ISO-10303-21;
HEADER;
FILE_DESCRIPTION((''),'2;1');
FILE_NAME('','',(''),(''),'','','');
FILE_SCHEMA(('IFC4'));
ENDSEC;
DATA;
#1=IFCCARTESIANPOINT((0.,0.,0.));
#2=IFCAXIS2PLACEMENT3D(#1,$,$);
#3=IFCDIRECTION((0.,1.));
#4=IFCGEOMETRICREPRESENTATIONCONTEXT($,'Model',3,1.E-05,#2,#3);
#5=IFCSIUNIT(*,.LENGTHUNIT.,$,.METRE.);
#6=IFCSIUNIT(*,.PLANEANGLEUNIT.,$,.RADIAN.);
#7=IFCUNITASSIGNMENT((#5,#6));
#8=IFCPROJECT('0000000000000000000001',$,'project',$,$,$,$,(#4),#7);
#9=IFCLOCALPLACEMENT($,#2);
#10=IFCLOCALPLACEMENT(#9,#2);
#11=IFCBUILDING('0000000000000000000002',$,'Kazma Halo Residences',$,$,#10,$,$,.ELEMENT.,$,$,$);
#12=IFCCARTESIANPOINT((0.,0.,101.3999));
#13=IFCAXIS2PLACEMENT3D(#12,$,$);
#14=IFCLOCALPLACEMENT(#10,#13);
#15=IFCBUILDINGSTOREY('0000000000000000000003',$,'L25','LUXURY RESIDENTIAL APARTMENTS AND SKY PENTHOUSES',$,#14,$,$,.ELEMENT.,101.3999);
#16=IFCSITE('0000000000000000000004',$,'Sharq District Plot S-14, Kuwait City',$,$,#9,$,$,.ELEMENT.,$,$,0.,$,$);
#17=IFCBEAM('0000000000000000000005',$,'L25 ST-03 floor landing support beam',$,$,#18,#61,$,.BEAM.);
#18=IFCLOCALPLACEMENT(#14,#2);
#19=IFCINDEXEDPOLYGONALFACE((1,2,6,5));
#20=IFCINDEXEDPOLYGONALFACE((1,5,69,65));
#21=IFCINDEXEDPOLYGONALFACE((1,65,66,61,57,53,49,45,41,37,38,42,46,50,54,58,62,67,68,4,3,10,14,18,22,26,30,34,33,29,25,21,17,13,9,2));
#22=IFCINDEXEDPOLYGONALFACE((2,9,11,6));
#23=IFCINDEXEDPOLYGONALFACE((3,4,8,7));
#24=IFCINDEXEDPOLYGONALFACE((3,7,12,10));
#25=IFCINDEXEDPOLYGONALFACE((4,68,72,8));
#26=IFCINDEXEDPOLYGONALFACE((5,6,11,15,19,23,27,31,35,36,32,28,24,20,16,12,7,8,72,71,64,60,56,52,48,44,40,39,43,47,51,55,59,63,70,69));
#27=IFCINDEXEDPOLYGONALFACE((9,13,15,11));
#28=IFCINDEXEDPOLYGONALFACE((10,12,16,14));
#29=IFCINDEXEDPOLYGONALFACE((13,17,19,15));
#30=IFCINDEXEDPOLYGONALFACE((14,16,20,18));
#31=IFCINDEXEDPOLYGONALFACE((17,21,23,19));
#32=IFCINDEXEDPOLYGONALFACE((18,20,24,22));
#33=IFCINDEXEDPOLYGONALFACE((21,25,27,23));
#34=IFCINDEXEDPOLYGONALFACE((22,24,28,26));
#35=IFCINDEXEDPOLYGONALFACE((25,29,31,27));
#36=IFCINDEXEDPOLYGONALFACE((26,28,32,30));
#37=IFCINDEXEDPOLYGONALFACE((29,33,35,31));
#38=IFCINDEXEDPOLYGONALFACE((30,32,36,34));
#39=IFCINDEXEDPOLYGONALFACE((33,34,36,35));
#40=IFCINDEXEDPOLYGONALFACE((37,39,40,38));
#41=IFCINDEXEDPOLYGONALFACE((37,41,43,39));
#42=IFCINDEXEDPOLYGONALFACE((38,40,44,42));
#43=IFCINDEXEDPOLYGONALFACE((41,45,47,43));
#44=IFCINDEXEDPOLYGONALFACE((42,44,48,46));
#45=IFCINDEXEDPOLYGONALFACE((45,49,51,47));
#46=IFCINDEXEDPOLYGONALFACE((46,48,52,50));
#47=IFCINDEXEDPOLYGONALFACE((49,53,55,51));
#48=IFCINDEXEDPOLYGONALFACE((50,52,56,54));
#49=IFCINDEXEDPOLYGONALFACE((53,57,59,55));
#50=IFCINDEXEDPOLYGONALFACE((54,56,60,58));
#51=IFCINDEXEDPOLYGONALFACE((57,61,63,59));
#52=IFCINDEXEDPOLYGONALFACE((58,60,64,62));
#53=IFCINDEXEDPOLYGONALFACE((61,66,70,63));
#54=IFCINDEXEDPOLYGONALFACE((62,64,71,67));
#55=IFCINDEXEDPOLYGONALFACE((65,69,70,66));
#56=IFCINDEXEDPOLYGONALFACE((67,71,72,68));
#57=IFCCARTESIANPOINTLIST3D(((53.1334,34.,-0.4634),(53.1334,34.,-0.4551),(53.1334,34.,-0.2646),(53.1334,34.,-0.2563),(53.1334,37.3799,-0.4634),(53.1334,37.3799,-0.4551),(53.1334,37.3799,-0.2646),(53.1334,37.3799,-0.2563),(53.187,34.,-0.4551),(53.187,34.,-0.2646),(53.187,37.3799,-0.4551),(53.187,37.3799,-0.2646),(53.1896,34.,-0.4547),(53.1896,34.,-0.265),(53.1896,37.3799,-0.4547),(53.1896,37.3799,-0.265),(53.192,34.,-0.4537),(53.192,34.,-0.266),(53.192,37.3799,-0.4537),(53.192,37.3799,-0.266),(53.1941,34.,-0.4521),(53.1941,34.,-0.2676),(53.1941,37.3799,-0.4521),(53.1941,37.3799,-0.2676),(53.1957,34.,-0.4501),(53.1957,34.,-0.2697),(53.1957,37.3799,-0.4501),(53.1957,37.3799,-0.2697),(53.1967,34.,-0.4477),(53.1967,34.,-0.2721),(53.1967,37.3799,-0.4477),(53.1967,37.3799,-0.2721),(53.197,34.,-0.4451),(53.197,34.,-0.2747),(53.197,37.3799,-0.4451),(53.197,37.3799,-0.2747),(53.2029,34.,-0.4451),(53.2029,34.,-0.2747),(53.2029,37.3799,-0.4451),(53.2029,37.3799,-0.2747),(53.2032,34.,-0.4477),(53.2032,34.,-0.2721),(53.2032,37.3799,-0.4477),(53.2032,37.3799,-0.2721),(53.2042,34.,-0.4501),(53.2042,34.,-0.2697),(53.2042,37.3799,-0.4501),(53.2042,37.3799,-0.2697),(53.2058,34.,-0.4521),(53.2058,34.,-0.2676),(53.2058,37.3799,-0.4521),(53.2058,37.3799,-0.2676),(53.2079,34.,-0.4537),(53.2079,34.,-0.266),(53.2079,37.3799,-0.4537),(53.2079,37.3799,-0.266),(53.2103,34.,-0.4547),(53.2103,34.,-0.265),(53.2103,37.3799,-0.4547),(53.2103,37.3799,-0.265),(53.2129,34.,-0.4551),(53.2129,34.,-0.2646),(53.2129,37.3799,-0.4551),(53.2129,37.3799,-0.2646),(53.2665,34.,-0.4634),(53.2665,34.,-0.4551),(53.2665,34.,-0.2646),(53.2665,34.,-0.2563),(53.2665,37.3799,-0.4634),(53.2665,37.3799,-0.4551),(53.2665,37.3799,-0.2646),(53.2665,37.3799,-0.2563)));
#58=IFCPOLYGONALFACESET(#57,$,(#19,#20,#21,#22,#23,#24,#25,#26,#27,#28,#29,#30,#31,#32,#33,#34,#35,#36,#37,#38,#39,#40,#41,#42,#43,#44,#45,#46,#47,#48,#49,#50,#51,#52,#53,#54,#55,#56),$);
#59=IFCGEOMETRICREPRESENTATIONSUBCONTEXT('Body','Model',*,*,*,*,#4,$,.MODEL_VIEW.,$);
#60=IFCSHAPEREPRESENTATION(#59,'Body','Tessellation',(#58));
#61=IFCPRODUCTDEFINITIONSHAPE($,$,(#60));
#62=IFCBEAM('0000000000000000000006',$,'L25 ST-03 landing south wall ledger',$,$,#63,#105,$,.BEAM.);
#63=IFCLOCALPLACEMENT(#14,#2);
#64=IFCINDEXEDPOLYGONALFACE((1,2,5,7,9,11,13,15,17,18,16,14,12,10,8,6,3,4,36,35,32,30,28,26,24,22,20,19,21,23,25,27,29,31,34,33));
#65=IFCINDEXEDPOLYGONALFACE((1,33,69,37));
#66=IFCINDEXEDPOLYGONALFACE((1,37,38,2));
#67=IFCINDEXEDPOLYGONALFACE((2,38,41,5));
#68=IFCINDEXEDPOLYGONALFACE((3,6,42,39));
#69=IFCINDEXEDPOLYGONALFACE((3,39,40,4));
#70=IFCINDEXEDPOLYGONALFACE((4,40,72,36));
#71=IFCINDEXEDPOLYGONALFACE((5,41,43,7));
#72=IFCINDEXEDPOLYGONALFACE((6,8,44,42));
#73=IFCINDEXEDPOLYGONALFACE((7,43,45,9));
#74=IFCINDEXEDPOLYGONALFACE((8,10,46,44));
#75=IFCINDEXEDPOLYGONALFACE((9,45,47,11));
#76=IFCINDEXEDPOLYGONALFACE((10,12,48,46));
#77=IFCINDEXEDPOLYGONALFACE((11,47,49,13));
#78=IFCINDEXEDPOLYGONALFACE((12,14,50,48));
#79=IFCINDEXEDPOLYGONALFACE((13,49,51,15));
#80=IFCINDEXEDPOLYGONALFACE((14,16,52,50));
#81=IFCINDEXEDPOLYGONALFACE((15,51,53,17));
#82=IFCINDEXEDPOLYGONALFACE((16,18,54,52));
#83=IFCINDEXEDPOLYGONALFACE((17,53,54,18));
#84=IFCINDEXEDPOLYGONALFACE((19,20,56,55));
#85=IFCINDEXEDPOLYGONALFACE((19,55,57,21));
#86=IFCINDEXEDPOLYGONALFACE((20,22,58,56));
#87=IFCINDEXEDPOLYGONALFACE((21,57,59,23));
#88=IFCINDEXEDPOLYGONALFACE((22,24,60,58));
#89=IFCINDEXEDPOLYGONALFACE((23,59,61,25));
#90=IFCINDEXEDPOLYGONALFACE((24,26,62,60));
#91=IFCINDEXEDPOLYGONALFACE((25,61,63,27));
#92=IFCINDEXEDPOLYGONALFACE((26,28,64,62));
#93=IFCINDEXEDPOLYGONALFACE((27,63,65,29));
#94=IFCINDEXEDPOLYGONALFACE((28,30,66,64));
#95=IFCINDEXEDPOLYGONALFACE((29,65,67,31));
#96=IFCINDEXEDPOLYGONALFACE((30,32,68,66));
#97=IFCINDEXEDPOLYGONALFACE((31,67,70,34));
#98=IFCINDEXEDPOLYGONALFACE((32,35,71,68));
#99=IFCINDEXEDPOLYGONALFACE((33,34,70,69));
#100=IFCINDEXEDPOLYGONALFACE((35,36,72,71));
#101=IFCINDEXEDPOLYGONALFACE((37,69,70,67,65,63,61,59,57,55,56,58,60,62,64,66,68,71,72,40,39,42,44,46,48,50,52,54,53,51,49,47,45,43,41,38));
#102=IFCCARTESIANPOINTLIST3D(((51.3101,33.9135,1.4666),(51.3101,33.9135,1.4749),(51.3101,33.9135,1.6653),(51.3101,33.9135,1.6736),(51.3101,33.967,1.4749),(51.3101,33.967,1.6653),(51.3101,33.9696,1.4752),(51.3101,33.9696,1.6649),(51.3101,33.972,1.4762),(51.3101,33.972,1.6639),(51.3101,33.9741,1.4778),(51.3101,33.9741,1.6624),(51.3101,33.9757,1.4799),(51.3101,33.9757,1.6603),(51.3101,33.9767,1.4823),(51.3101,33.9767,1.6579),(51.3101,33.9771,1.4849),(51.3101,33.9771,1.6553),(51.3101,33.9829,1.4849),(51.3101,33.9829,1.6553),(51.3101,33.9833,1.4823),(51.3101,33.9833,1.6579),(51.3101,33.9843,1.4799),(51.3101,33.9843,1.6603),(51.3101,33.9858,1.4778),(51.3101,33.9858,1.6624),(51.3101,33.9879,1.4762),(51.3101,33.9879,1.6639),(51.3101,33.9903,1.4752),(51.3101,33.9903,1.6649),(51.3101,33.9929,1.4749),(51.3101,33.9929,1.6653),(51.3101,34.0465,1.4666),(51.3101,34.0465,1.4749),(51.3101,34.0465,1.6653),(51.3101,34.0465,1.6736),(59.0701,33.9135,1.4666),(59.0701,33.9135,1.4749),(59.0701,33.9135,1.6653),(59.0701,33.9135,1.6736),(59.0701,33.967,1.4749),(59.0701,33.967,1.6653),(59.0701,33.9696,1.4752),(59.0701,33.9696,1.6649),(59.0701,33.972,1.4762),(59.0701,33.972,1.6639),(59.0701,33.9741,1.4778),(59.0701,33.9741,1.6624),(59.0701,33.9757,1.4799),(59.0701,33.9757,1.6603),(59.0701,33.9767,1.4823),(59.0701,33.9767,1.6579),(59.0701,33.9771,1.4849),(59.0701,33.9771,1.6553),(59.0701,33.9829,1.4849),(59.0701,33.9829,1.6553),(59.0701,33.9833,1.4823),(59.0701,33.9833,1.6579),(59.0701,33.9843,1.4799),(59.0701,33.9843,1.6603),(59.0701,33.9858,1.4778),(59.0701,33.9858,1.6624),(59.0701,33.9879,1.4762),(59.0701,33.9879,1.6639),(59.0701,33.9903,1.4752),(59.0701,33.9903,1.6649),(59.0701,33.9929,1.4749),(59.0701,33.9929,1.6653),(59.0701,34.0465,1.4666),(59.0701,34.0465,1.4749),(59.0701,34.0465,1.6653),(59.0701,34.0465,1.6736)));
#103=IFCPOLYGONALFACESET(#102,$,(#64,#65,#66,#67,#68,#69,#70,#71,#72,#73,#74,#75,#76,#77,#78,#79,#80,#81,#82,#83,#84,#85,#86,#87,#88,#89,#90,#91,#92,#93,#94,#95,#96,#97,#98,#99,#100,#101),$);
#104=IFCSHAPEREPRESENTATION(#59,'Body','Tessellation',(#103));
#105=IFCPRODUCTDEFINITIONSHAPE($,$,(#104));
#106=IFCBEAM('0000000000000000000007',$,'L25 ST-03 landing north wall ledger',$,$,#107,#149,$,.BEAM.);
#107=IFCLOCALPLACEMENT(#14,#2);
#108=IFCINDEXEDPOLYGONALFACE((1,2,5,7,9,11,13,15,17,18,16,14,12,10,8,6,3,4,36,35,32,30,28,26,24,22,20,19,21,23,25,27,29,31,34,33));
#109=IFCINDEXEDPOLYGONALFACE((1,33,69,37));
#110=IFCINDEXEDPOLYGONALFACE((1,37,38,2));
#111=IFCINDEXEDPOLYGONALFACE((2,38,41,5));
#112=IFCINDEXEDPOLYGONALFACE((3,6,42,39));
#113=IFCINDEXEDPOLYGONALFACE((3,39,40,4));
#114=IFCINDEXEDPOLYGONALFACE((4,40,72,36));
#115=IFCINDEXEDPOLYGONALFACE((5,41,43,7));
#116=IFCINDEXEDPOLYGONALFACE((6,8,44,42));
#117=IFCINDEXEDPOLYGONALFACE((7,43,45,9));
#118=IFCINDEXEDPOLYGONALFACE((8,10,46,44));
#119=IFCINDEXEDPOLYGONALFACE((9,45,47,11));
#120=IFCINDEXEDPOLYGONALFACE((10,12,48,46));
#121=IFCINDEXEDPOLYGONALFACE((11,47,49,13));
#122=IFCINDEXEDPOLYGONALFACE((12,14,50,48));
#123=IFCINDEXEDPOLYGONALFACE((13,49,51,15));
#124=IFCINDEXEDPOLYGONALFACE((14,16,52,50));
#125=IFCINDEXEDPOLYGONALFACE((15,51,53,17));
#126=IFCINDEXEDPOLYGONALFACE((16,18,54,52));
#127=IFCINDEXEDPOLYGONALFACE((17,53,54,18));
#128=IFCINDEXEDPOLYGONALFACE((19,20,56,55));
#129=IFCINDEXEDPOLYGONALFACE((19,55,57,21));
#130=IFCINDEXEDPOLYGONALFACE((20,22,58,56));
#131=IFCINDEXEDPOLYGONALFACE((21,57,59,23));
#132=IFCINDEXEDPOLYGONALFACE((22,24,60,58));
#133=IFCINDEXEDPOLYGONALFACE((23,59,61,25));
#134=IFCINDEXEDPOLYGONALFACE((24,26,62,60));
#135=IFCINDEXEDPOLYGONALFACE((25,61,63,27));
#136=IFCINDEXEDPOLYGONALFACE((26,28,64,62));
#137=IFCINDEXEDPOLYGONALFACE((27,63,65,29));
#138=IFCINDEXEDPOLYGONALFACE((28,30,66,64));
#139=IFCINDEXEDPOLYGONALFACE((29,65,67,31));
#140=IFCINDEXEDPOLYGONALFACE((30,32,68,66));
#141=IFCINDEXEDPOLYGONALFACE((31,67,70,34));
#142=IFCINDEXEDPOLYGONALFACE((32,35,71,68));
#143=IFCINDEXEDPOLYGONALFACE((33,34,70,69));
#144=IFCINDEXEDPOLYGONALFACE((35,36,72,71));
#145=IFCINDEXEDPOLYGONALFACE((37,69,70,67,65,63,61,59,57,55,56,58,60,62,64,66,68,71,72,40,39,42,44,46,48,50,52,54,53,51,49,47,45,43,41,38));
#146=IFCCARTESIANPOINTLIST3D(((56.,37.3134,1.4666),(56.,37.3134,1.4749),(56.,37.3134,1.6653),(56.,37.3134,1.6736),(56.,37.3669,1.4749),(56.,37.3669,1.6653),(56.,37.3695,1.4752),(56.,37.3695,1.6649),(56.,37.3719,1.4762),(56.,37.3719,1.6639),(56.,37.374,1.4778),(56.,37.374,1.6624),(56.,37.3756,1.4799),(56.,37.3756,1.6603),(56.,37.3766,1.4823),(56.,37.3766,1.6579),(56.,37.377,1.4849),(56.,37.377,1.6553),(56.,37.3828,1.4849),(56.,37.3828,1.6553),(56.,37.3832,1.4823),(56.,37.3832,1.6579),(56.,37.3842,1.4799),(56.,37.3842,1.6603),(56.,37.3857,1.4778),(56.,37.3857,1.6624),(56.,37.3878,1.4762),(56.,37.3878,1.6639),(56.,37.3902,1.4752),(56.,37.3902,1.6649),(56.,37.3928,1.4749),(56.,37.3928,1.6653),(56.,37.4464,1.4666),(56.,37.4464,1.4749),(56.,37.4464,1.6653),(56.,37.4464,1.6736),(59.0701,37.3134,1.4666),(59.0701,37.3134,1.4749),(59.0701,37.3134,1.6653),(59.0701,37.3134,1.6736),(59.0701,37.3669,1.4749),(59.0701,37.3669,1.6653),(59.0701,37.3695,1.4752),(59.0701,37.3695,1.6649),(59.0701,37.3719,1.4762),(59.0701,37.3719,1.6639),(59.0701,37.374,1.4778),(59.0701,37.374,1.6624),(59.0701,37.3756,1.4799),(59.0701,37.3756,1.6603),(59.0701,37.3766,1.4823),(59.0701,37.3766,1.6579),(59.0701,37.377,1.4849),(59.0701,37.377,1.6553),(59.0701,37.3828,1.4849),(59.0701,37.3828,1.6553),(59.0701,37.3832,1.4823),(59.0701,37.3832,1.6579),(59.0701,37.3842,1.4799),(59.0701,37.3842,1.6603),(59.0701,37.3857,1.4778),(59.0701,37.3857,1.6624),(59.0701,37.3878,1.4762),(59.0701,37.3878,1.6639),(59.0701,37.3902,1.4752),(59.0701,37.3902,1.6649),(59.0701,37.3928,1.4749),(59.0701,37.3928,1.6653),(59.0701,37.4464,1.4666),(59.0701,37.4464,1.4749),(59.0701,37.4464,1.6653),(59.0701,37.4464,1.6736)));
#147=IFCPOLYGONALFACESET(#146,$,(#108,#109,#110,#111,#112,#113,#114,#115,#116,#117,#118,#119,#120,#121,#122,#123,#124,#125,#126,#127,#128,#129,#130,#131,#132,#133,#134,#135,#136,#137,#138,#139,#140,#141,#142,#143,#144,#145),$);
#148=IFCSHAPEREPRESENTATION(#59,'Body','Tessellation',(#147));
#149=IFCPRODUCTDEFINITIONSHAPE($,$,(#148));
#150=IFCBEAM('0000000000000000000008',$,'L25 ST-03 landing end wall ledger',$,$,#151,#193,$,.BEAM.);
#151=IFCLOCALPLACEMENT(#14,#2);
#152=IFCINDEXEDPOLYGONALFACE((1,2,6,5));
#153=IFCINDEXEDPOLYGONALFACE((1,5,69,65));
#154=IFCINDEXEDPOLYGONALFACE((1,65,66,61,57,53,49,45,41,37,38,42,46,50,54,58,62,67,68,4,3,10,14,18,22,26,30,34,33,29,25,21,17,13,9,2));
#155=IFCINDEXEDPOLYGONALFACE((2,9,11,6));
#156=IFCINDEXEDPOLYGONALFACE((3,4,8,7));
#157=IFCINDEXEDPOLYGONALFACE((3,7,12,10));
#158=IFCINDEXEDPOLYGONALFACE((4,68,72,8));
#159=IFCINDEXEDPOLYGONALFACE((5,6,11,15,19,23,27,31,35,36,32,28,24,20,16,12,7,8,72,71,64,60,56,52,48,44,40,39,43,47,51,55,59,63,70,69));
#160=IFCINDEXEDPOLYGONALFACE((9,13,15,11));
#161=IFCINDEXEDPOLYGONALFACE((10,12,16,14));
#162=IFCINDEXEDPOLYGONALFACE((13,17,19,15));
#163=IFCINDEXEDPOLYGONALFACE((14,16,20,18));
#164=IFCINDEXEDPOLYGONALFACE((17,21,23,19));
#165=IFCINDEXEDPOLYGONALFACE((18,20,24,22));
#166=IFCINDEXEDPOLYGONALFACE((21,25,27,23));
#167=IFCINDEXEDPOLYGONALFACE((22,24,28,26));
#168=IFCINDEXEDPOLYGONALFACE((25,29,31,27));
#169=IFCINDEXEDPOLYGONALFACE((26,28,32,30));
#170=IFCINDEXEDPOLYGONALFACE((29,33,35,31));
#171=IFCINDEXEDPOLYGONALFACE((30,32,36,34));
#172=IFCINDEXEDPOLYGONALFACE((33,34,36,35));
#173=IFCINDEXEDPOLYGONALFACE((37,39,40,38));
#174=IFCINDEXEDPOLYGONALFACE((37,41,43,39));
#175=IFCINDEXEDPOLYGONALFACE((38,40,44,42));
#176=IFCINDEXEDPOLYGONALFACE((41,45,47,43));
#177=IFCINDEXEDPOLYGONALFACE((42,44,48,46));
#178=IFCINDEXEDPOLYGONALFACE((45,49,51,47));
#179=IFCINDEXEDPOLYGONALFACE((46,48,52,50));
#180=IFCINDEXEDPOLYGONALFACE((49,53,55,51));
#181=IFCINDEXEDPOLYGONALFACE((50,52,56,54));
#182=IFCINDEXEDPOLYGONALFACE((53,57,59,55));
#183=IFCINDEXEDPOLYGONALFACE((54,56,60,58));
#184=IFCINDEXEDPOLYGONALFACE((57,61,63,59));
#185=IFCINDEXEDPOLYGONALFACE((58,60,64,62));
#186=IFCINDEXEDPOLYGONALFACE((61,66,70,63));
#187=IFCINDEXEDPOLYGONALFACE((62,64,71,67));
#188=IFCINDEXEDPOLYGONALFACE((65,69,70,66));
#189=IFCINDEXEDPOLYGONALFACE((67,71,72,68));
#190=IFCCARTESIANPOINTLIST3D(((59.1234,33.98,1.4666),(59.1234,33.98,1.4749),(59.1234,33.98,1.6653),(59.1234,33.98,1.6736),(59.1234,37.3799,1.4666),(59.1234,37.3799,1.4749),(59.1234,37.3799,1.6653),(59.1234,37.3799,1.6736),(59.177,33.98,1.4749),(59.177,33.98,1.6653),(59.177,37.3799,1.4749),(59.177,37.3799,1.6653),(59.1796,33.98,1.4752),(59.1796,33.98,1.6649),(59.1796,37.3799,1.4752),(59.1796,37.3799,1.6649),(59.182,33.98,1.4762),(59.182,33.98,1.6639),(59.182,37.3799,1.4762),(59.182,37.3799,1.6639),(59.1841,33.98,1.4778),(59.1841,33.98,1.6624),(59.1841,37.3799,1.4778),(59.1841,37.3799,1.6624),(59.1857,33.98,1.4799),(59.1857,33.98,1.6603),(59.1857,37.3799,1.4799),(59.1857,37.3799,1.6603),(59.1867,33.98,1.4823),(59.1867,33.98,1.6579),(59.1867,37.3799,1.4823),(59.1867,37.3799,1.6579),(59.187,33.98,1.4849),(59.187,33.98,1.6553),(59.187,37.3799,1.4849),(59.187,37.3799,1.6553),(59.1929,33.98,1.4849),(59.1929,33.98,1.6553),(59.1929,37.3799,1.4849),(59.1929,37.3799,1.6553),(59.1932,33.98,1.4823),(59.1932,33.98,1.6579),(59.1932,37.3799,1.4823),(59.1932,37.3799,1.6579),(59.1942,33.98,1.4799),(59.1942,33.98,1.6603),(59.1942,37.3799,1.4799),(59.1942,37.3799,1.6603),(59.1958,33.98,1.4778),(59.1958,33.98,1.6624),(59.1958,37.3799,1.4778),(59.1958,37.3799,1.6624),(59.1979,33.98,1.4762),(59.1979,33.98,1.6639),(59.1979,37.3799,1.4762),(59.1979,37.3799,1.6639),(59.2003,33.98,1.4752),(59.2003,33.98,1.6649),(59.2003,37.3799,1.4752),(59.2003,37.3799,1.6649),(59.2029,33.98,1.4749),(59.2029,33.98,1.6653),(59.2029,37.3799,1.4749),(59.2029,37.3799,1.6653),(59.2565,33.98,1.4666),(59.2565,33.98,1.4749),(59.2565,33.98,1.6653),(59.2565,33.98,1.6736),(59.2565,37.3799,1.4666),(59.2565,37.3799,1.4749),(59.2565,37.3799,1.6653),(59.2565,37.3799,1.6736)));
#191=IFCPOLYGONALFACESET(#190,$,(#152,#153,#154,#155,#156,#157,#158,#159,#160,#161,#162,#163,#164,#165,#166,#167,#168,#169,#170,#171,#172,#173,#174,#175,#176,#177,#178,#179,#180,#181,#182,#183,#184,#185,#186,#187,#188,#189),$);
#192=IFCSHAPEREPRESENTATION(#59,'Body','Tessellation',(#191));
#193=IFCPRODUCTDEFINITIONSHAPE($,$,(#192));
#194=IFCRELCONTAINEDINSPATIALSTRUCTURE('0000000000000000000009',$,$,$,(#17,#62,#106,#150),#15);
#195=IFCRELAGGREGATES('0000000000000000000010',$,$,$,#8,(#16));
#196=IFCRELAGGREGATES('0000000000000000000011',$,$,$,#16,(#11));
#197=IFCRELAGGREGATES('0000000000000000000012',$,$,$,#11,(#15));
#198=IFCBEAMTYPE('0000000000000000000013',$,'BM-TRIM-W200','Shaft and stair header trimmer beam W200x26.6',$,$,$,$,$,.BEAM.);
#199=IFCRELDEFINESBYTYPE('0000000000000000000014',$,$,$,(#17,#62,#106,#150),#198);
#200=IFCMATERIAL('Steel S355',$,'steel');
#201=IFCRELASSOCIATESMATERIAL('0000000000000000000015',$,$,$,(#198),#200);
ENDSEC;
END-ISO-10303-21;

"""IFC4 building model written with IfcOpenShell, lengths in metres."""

from ifc_helpers import new_model, si_unit, direction, frame, origin, origin_2d, place, context, subcontext, project, spatial, i_section, extrude, material, material_profile, profile_set, type_object, element, save


model = new_model("IFC4")

# Units and contexts
model_context = context("Model", 3, precision=1e-05, world=origin(), true_north=direction((0.0, 1.0)))
body_context = subcontext(model_context, "Body", "Model", "MODEL_VIEW")
ifc_project = project(units=[si_unit("LENGTHUNIT", "METRE"), si_unit("PLANEANGLEUNIT", "RADIAN")], contexts=[model_context])

# Site, building, storey
site_placement = place(None, origin())
site = spatial("IfcSite", under=ifc_project, at=site_placement, Name="Sharq District Plot S-14, Kuwait City", CompositionType="ELEMENT", RefElevation=0.0)
building_placement = place(site_placement, origin())
building = spatial("IfcBuilding", under=site, at=building_placement, Name="Kazma Halo Residences", CompositionType="ELEMENT")
storey_placement = place(building_placement, frame((0.0, 0.0, 101.3999)))
storey = spatial("IfcBuildingStorey", under=building, at=storey_placement, Name="L25", Description="LUXURY RESIDENTIAL APARTMENTS AND SKY PENTHOUSES", CompositionType="ELEMENT", Elevation=101.3999)

# Shared definitions
ifc_material_1 = material(Name="Steel S355", Category="steel")

# Beams
ifc_material_profile_1 = material_profile(ifc_material_1, i_section(OverallWidth=0.1331, OverallDepth=0.207, WebThickness=0.0059, FlangeThickness=0.0083, FilletRadius=0.01, at=origin_2d()), Name="W200x26.6")
ifc_profile_set_1 = profile_set([ifc_material_profile_1], Name="Steel S355")
beam_type_1 = type_object("IfcBeamType", Name="BM-TRIM-W200", Description="Shaft and stair header trimmer beam W200x26.6", PredefinedType="BEAM", material=ifc_profile_set_1)
beam_1_placement = place(storey_placement, frame((53.2, 34.0, -0.3599), z_axis=(0.0, 1.0, 0.0), x_axis=(-1.0, 0.0, 0.0)))
element("IfcBeam", 1, at=beam_1_placement, inside=storey, type_object=beam_type_1, Name="L25 ST-03 floor landing support beam", PredefinedType="BEAM", context=body_context, shape_type="SweptSolid", body=[
    extrude(i_section(OverallWidth=0.1331, OverallDepth=0.207, WebThickness=0.0059, FlangeThickness=0.0083, FilletRadius=0.01, at=origin_2d()), origin(), (0.0, 0.0, 1.0), 3.3799),
])
beam_2_placement = place(storey_placement, frame((51.3101, 33.98, 1.5701), z_axis=(1.0, 0.0, 0.0), x_axis=(0.0, 1.0, 0.0)))
element("IfcBeam", 2, at=beam_2_placement, inside=storey, type_object=beam_type_1, Name="L25 ST-03 landing south wall ledger", PredefinedType="BEAM", context=body_context, shape_type="SweptSolid", body=[
    extrude(i_section(OverallWidth=0.1331, OverallDepth=0.207, WebThickness=0.0059, FlangeThickness=0.0083, FilletRadius=0.01, at=origin_2d()), origin(), (0.0, 0.0, 1.0), 7.76),
])
beam_3_placement = place(storey_placement, frame((56.0, 37.3799, 1.5701), z_axis=(1.0, 0.0, 0.0), x_axis=(0.0, 1.0, 0.0)))
element("IfcBeam", 3, at=beam_3_placement, inside=storey, type_object=beam_type_1, Name="L25 ST-03 landing north wall ledger", PredefinedType="BEAM", context=body_context, shape_type="SweptSolid", body=[
    extrude(i_section(OverallWidth=0.1331, OverallDepth=0.207, WebThickness=0.0059, FlangeThickness=0.0083, FilletRadius=0.01, at=origin_2d()), origin(), (0.0, 0.0, 1.0), 3.0701),
])
beam_4_placement = place(storey_placement, frame((59.1899, 33.98, 1.5701), z_axis=(0.0, 1.0, 0.0), x_axis=(-1.0, 0.0, 0.0)))
element("IfcBeam", 4, at=beam_4_placement, inside=storey, type_object=beam_type_1, Name="L25 ST-03 landing end wall ledger", PredefinedType="BEAM", context=body_context, shape_type="SweptSolid", body=[
    extrude(i_section(OverallWidth=0.1331, OverallDepth=0.207, WebThickness=0.0059, FlangeThickness=0.0083, FilletRadius=0.01, at=origin_2d()), origin(), (0.0, 0.0, 1.0), 3.3999),
])

save(model, "model.ifc")
